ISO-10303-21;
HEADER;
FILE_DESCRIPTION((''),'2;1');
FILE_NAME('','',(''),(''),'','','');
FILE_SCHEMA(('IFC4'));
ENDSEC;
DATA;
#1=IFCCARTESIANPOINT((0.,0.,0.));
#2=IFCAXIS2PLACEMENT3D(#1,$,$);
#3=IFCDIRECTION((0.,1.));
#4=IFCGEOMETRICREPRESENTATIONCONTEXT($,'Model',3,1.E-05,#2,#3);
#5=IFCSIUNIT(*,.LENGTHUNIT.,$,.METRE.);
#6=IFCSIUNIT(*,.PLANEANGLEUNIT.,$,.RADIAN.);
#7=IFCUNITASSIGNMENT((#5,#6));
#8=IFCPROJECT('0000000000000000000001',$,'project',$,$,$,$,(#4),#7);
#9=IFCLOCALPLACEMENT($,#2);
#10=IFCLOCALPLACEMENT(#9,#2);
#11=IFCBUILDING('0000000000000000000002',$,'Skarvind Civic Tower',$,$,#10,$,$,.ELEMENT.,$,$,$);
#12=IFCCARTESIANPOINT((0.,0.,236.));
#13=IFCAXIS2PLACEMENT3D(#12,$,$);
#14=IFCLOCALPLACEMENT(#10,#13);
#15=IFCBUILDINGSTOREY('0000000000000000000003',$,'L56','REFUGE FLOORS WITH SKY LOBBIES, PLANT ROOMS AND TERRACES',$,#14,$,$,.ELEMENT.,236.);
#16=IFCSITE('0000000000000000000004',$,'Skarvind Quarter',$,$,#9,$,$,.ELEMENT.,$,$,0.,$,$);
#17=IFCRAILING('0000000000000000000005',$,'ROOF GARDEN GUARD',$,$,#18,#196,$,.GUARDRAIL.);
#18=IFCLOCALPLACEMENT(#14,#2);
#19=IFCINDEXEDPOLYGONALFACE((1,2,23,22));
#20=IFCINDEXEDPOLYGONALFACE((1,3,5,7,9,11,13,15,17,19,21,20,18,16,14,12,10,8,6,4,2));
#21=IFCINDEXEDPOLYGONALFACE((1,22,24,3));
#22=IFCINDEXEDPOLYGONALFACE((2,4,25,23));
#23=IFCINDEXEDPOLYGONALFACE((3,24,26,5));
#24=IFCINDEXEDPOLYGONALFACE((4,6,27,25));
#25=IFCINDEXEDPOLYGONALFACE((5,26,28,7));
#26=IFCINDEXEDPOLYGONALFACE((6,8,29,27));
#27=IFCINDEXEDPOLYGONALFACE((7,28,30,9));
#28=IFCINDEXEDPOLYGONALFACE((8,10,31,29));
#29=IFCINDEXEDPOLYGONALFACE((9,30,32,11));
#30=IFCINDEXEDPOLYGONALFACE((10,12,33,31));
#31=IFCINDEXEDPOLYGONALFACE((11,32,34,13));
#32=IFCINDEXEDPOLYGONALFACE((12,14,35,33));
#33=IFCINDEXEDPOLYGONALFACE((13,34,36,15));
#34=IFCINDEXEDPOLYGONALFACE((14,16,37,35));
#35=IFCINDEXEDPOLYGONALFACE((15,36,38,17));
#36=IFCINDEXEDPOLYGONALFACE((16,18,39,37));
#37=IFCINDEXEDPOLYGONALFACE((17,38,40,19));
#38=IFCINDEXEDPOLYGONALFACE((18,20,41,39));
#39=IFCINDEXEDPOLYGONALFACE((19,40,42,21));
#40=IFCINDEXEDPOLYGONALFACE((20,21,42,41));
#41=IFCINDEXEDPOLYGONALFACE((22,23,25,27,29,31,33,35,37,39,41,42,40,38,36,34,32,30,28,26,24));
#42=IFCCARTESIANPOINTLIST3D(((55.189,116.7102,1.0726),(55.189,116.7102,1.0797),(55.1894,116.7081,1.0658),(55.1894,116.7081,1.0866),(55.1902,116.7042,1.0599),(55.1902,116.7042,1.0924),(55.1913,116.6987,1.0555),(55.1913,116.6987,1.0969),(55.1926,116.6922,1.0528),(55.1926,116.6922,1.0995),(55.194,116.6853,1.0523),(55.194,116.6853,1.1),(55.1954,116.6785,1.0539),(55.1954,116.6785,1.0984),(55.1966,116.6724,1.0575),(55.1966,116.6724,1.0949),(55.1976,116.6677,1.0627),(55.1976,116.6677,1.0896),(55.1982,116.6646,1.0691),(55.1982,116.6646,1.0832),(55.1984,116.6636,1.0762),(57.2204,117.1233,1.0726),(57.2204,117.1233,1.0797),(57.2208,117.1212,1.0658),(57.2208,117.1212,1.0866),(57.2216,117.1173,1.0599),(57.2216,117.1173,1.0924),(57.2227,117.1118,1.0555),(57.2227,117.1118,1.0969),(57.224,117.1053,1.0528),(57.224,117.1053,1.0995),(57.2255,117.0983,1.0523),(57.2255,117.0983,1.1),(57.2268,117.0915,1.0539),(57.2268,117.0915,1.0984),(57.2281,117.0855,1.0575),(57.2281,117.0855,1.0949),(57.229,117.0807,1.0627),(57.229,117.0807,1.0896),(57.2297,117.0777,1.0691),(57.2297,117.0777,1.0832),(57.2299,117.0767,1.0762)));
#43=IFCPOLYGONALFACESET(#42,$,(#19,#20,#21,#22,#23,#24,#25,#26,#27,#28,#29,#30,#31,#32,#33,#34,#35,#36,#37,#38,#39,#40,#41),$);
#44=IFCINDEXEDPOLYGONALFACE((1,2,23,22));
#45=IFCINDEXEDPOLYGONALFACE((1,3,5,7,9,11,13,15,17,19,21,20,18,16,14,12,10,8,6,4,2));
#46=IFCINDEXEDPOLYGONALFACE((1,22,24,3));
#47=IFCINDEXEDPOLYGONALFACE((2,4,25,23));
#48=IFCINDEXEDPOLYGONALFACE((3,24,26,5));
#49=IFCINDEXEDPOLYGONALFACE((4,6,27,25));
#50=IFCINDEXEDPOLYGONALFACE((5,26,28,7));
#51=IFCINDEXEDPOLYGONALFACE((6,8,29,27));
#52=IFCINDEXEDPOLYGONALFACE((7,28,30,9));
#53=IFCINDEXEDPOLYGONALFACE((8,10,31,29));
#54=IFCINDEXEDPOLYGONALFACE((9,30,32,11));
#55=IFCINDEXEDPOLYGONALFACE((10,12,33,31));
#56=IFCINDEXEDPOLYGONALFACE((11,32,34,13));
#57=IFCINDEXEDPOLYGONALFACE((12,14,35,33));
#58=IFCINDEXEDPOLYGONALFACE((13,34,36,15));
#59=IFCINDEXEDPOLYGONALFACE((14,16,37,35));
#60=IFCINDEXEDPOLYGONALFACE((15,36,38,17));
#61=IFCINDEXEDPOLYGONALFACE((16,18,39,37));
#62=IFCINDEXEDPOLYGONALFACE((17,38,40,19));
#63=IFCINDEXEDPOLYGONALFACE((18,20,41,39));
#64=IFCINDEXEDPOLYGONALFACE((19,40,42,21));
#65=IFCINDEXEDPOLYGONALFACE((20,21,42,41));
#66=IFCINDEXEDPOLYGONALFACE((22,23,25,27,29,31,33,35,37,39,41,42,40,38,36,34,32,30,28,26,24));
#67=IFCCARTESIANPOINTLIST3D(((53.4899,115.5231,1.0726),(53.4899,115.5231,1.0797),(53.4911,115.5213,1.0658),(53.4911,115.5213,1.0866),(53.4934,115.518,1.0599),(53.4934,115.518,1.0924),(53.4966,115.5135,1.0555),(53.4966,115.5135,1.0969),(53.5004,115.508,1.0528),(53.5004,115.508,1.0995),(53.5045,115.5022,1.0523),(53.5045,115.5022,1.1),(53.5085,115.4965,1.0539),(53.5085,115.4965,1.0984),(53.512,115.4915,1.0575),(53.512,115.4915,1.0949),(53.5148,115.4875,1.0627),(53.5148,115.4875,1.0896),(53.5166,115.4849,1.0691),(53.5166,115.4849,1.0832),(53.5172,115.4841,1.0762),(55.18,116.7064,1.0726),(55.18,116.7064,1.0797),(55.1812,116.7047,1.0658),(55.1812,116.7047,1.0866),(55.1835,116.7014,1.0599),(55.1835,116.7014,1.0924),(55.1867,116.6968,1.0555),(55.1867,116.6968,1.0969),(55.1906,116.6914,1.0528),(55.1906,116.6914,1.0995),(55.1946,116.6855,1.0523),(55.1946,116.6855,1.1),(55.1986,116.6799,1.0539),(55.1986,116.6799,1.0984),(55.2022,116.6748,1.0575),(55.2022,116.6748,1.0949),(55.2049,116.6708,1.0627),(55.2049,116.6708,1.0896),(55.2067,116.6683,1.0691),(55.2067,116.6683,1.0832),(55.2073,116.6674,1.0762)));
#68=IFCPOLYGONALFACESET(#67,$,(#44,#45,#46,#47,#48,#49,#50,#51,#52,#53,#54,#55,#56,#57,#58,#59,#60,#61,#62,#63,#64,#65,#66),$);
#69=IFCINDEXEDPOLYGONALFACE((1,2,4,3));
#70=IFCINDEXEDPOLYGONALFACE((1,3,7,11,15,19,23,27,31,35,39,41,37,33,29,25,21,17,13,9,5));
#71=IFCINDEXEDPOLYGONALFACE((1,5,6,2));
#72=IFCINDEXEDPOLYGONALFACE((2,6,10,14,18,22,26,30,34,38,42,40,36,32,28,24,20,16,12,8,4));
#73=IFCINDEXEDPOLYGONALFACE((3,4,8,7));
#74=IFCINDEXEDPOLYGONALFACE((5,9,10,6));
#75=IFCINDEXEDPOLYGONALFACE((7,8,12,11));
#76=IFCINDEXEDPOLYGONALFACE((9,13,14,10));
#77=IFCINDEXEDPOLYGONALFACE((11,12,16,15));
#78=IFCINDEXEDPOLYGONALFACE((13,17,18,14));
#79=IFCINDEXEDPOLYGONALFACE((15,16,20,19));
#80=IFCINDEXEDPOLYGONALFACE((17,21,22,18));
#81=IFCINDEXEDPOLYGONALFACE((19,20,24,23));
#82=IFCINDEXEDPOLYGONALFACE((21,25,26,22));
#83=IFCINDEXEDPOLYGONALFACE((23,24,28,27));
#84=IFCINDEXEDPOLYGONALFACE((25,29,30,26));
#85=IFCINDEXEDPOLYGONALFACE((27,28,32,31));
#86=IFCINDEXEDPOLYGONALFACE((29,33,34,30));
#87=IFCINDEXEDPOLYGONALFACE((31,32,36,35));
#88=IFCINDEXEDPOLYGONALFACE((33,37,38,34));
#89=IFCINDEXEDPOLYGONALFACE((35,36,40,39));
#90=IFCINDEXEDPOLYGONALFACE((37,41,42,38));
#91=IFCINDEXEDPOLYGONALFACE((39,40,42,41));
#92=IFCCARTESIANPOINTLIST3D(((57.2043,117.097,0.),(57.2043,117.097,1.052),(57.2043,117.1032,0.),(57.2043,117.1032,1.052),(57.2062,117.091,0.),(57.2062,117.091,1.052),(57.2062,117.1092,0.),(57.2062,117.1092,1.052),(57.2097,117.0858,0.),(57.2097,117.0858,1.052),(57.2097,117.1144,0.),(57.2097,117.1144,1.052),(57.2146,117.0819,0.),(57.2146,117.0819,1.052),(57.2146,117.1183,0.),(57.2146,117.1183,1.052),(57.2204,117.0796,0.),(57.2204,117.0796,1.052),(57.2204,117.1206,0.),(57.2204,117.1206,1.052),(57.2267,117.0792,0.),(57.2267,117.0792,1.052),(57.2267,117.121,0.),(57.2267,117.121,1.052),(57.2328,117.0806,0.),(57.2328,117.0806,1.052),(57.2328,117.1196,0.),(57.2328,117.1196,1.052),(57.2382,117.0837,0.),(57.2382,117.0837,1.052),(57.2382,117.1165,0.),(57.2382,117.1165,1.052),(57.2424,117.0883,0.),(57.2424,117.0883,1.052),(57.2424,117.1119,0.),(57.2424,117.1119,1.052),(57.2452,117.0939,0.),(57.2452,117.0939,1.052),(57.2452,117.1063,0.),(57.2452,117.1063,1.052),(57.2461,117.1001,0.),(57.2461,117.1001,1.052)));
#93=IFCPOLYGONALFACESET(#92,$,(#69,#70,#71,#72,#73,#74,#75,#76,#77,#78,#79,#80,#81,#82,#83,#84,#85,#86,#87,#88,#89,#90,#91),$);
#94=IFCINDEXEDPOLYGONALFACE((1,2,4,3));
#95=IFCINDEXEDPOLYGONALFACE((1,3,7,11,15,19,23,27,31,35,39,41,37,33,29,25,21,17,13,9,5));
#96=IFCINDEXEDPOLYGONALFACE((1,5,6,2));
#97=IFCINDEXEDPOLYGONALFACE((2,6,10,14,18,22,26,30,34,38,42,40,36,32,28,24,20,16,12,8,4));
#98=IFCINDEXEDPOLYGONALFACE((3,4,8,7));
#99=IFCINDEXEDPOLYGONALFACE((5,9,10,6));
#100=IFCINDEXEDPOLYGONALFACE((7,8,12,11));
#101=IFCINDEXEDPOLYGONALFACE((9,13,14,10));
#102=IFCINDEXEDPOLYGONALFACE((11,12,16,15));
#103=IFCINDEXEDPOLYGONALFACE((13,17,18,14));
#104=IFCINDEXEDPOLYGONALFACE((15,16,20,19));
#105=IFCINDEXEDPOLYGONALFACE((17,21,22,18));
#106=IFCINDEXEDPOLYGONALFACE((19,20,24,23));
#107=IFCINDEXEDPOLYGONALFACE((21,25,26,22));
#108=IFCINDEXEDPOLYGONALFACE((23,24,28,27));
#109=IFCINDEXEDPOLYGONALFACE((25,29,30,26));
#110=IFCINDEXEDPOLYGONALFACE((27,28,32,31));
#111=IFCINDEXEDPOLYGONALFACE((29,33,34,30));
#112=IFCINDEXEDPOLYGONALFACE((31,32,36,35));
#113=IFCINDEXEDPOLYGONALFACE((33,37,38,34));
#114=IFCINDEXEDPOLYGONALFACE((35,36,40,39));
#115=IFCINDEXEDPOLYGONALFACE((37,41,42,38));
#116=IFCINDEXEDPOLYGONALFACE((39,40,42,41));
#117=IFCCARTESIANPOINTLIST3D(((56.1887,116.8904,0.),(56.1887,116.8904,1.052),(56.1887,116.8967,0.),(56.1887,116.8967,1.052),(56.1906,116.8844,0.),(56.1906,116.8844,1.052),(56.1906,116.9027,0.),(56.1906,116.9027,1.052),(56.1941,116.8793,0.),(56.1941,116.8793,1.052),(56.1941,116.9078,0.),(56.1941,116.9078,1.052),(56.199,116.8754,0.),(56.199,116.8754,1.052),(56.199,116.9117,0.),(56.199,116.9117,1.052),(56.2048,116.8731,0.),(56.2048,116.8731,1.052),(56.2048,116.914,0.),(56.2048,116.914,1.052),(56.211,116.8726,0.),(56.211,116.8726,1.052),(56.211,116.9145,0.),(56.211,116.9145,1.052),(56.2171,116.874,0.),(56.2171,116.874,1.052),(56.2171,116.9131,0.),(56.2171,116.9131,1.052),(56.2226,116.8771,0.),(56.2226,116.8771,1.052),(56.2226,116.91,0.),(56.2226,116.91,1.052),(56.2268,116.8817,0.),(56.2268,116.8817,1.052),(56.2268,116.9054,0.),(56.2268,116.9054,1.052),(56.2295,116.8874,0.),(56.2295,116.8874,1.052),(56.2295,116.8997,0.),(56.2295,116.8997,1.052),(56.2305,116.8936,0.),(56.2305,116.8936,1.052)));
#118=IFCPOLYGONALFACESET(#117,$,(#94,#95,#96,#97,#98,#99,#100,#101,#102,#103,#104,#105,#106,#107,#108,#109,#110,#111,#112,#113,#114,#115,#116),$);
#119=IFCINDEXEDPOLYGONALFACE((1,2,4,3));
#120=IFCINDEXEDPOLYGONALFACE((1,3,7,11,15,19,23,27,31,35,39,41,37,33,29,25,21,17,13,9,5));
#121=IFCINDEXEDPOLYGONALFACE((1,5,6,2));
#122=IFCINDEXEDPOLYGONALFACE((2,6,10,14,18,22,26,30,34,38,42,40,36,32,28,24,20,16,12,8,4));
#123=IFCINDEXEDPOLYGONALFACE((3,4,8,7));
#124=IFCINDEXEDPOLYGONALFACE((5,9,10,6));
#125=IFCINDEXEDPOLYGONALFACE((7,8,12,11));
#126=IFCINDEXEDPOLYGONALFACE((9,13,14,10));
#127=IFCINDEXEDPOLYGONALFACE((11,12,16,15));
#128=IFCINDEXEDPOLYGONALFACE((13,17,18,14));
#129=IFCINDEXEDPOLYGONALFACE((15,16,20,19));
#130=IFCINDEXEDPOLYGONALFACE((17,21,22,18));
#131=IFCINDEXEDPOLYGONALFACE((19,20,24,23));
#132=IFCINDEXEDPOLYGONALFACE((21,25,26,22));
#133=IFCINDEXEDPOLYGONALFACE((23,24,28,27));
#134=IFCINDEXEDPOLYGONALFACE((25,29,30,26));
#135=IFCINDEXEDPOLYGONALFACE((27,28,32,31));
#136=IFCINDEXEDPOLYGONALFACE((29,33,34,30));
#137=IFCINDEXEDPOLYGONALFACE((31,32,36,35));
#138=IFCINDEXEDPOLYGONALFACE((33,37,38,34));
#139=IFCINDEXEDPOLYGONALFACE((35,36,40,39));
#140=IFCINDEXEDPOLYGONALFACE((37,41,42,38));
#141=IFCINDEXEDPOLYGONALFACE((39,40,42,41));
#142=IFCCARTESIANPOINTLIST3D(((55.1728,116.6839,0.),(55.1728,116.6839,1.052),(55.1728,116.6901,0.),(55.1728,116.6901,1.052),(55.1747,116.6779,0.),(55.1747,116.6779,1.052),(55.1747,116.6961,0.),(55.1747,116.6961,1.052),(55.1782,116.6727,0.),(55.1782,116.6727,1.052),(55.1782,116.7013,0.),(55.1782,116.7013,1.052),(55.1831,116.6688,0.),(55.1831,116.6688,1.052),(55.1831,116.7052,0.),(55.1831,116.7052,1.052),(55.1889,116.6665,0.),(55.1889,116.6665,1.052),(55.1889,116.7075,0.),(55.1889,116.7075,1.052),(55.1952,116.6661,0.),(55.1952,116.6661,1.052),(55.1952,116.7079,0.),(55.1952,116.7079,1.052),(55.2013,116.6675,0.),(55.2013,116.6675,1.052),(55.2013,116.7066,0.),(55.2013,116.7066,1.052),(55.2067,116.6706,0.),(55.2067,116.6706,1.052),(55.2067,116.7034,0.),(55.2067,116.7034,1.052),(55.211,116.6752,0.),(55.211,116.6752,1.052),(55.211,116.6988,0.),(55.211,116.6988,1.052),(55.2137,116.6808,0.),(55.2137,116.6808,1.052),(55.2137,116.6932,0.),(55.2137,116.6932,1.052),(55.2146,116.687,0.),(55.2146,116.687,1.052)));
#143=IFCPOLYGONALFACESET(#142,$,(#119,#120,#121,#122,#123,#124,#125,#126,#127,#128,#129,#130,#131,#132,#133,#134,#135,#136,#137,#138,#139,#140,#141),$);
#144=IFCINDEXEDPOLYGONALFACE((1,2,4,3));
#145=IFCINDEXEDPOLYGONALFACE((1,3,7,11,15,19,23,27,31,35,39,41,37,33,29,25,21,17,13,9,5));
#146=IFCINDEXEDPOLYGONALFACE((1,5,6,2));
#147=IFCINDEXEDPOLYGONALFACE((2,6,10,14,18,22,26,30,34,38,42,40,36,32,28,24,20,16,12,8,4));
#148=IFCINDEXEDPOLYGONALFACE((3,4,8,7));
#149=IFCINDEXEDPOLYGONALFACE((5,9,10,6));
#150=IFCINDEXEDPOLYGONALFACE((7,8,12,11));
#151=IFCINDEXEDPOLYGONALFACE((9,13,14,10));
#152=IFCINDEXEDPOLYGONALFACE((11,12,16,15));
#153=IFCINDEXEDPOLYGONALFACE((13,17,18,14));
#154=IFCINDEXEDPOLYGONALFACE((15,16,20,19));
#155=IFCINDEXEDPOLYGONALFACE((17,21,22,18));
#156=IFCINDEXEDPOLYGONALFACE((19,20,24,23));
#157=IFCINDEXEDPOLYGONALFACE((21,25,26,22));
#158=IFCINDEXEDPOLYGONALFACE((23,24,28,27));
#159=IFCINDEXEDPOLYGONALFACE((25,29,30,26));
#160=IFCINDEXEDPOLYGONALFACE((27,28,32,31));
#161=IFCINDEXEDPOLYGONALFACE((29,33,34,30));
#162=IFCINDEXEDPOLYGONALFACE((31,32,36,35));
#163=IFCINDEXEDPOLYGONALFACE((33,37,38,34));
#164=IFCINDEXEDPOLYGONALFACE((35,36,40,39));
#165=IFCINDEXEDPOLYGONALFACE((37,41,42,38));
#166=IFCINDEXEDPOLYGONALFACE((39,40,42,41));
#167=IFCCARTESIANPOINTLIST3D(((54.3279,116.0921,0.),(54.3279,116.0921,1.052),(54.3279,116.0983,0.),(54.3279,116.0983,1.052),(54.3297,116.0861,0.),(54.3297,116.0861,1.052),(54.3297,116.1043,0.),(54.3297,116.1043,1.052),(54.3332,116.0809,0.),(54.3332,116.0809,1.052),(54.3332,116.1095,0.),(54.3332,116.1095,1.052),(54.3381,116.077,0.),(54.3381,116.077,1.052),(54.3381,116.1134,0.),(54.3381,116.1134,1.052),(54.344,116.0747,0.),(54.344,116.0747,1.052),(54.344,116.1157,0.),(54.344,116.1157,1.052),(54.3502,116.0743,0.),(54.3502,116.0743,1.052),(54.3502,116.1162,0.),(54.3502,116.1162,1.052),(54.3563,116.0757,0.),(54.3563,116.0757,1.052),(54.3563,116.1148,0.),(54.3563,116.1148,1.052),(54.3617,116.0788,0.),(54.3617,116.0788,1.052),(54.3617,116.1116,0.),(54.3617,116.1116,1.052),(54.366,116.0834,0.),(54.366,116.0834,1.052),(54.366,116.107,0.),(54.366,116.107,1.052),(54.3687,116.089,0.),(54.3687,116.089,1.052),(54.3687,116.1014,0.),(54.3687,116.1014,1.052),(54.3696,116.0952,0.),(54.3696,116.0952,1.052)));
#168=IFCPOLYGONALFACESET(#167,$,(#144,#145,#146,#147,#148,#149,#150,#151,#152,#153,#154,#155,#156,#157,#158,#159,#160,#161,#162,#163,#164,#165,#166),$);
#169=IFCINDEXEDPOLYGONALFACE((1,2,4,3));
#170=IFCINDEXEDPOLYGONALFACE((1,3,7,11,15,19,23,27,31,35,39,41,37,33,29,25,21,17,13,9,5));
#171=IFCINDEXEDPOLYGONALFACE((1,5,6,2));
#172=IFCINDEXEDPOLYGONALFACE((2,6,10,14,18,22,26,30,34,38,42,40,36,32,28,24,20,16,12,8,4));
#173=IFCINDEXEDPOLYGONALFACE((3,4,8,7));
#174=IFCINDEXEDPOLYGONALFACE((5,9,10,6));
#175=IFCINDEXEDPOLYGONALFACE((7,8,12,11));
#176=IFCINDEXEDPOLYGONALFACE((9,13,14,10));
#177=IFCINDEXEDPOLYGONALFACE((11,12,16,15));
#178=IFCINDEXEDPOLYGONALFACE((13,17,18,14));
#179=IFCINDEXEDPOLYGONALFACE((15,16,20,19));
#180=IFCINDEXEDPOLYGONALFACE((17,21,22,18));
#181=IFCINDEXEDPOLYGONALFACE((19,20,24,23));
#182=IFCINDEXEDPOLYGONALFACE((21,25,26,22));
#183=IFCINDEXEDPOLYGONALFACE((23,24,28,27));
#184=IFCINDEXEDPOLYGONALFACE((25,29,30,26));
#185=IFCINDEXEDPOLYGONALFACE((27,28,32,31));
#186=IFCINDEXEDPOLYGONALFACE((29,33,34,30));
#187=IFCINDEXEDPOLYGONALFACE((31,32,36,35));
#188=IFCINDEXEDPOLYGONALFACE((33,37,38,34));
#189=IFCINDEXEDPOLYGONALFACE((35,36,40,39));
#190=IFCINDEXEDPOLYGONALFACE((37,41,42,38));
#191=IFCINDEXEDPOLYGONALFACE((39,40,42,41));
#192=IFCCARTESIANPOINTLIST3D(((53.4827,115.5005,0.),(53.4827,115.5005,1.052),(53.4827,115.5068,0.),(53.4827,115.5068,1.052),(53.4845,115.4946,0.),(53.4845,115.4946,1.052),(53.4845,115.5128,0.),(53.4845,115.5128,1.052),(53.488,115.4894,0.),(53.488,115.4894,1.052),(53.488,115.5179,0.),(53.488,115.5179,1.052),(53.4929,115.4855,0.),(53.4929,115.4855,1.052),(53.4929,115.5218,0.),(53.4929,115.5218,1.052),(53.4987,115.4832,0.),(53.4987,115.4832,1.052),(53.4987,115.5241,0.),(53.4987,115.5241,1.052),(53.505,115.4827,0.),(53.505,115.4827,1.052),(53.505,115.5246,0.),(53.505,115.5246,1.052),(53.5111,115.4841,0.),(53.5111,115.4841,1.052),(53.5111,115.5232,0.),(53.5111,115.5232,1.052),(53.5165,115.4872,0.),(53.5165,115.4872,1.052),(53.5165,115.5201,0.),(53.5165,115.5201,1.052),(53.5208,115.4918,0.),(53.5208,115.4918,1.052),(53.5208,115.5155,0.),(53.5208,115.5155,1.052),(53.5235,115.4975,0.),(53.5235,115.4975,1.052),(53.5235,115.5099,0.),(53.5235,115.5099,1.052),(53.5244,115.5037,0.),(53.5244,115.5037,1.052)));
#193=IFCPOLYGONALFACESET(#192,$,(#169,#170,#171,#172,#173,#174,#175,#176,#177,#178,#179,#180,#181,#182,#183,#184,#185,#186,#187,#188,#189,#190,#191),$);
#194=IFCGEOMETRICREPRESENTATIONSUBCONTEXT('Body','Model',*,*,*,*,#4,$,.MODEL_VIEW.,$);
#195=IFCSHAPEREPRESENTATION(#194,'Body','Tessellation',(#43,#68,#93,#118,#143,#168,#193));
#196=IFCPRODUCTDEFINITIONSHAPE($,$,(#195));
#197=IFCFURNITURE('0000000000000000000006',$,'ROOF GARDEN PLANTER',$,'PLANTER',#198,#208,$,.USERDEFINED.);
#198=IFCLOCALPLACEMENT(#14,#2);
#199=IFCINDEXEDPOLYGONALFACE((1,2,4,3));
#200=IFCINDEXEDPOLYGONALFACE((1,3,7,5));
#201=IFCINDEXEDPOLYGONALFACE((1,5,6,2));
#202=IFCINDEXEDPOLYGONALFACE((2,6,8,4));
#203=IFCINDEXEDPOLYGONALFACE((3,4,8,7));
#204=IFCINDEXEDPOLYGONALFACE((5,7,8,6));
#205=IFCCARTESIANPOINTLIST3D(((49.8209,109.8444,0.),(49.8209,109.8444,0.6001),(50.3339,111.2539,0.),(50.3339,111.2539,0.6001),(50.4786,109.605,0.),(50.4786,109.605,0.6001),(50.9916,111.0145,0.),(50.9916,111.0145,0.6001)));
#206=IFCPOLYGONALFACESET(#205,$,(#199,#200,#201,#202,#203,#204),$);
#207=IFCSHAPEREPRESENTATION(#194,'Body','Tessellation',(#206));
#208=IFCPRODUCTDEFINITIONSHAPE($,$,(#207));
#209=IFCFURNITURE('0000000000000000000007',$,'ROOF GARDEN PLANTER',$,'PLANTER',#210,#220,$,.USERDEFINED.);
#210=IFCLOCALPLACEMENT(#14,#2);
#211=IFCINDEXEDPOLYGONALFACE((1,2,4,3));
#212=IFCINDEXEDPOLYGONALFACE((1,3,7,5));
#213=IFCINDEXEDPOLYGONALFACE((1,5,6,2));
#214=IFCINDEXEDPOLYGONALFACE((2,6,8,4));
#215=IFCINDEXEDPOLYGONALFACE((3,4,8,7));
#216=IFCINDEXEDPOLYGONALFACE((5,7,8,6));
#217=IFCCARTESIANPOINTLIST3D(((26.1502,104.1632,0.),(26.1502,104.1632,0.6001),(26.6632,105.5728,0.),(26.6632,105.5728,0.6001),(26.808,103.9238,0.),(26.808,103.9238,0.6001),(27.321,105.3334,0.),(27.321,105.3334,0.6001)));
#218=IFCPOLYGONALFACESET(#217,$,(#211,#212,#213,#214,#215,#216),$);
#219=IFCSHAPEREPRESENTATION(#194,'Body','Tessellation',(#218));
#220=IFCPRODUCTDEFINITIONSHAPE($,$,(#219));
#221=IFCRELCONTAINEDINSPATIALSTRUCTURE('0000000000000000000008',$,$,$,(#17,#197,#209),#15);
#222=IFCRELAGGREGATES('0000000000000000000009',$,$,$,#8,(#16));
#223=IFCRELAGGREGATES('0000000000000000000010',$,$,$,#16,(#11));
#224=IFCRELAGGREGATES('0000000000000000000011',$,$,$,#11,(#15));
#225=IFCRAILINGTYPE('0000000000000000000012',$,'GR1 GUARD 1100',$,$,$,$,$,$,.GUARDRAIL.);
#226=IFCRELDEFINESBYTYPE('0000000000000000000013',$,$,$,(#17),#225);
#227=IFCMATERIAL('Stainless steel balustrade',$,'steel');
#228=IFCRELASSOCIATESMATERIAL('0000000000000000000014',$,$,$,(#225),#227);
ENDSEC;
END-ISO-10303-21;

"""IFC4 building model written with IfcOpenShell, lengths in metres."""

from ifc_helpers import new_model, si_unit, direction, frame, origin, origin_2d, place, context, subcontext, project, spatial, rectangle, circle, extrude, material, type_object, element, save


model = new_model("IFC4")

# Units and contexts
model_context = context("Model", 3, precision=1e-05, world=origin(), true_north=direction((0.0, 1.0)))
body_context = subcontext(model_context, "Body", "Model", "MODEL_VIEW")
ifc_project = project(units=[si_unit("LENGTHUNIT", "METRE"), si_unit("PLANEANGLEUNIT", "RADIAN")], contexts=[model_context])

# Site, building, storey
site_placement = place(None, origin())
site = spatial("IfcSite", under=ifc_project, at=site_placement, Name="Skarvind Quarter", CompositionType="ELEMENT", RefElevation=0.0)
building_placement = place(site_placement, origin())
building = spatial("IfcBuilding", under=site, at=building_placement, Name="Skarvind Civic Tower", CompositionType="ELEMENT")
storey_placement = place(building_placement, frame((0.0, 0.0, 236.0)))
storey = spatial("IfcBuildingStorey", under=building, at=storey_placement, Name="L56", Description="REFUGE FLOORS WITH SKY LOBBIES, PLANT ROOMS AND TERRACES", CompositionType="ELEMENT", Elevation=236.0)

# Railing
ifc_material_1 = material(Name="Stainless steel balustrade", Category="steel")
railing_type = type_object("IfcRailingType", Name="GR1 GUARD 1100", PredefinedType="GUARDRAIL", material=ifc_material_1)
railing_1_placement = place(storey_placement, frame((57.2251, 117.1001, 0.0)))
element("IfcRailing", 1, at=railing_1_placement, inside=storey, type_object=railing_type, Name="ROOF GARDEN GUARD", PredefinedType="GUARDRAIL", context=body_context, shape_type="SweptSolid", body=[
    extrude(circle(Radius=0.0239, at=origin_2d()), frame((0.0, 0.0, 1.0762), z_axis=(-0.979946, -0.199263, 0.0), x_axis=(0.199263, -0.979946, 0.0)), (0.0, 0.0, 1.0), 2.073),
    extrude(circle(Radius=0.0239, at=origin_2d()), frame((-2.0315, -0.4131, 1.0762), z_axis=(-0.819182, -0.573534, 0.0), x_axis=(0.573534, -0.819182, 0.0)), (0.0, 0.0, 1.0), 2.0632),
    extrude(circle(Radius=0.021, at=origin_2d()), origin(), (0.0, 0.0, 1.0), 1.052),
    extrude(circle(Radius=0.021, at=origin_2d()), frame((-1.0156, -0.2065, 0.0)), (0.0, 0.0, 1.0), 1.052),
    extrude(circle(Radius=0.021, at=origin_2d()), frame((-2.0315, -0.4131, 0.0)), (0.0, 0.0, 1.0), 1.052),
    extrude(circle(Radius=0.021, at=origin_2d()), frame((-2.8765, -1.0049, 0.0)), (0.0, 0.0, 1.0), 1.052),
    extrude(circle(Radius=0.021, at=origin_2d()), frame((-3.7217, -1.5964, 0.0)), (0.0, 0.0, 1.0), 1.052),
])

# Furniture
for number, where, z_axis, x_axis, name in (
    (2, (50.4062, 110.4294, 0.0), (0.0, 0.0, 1.0), (-0.34202, -0.939693, 0.0), "ROOF GARDEN PLANTER"),
    (3, (26.7356, 104.7483, 0.0), (0.0, 0.0, 1.0), (0.34202, 0.939693, 0.0), "ROOF GARDEN PLANTER"),
):
    element("IfcFurniture", number, at=place(storey_placement, frame(where, z_axis=z_axis, x_axis=x_axis)), inside=storey, Name=name, ObjectType="PLANTER", PredefinedType="USERDEFINED", context=body_context, shape_type="SweptSolid", body=[
        extrude(rectangle(XDim=1.5, YDim=0.7, at=origin_2d()), origin(), (0.0, 0.0, 1.0), 0.6001),
    ])

save(model, "model.ifc")
